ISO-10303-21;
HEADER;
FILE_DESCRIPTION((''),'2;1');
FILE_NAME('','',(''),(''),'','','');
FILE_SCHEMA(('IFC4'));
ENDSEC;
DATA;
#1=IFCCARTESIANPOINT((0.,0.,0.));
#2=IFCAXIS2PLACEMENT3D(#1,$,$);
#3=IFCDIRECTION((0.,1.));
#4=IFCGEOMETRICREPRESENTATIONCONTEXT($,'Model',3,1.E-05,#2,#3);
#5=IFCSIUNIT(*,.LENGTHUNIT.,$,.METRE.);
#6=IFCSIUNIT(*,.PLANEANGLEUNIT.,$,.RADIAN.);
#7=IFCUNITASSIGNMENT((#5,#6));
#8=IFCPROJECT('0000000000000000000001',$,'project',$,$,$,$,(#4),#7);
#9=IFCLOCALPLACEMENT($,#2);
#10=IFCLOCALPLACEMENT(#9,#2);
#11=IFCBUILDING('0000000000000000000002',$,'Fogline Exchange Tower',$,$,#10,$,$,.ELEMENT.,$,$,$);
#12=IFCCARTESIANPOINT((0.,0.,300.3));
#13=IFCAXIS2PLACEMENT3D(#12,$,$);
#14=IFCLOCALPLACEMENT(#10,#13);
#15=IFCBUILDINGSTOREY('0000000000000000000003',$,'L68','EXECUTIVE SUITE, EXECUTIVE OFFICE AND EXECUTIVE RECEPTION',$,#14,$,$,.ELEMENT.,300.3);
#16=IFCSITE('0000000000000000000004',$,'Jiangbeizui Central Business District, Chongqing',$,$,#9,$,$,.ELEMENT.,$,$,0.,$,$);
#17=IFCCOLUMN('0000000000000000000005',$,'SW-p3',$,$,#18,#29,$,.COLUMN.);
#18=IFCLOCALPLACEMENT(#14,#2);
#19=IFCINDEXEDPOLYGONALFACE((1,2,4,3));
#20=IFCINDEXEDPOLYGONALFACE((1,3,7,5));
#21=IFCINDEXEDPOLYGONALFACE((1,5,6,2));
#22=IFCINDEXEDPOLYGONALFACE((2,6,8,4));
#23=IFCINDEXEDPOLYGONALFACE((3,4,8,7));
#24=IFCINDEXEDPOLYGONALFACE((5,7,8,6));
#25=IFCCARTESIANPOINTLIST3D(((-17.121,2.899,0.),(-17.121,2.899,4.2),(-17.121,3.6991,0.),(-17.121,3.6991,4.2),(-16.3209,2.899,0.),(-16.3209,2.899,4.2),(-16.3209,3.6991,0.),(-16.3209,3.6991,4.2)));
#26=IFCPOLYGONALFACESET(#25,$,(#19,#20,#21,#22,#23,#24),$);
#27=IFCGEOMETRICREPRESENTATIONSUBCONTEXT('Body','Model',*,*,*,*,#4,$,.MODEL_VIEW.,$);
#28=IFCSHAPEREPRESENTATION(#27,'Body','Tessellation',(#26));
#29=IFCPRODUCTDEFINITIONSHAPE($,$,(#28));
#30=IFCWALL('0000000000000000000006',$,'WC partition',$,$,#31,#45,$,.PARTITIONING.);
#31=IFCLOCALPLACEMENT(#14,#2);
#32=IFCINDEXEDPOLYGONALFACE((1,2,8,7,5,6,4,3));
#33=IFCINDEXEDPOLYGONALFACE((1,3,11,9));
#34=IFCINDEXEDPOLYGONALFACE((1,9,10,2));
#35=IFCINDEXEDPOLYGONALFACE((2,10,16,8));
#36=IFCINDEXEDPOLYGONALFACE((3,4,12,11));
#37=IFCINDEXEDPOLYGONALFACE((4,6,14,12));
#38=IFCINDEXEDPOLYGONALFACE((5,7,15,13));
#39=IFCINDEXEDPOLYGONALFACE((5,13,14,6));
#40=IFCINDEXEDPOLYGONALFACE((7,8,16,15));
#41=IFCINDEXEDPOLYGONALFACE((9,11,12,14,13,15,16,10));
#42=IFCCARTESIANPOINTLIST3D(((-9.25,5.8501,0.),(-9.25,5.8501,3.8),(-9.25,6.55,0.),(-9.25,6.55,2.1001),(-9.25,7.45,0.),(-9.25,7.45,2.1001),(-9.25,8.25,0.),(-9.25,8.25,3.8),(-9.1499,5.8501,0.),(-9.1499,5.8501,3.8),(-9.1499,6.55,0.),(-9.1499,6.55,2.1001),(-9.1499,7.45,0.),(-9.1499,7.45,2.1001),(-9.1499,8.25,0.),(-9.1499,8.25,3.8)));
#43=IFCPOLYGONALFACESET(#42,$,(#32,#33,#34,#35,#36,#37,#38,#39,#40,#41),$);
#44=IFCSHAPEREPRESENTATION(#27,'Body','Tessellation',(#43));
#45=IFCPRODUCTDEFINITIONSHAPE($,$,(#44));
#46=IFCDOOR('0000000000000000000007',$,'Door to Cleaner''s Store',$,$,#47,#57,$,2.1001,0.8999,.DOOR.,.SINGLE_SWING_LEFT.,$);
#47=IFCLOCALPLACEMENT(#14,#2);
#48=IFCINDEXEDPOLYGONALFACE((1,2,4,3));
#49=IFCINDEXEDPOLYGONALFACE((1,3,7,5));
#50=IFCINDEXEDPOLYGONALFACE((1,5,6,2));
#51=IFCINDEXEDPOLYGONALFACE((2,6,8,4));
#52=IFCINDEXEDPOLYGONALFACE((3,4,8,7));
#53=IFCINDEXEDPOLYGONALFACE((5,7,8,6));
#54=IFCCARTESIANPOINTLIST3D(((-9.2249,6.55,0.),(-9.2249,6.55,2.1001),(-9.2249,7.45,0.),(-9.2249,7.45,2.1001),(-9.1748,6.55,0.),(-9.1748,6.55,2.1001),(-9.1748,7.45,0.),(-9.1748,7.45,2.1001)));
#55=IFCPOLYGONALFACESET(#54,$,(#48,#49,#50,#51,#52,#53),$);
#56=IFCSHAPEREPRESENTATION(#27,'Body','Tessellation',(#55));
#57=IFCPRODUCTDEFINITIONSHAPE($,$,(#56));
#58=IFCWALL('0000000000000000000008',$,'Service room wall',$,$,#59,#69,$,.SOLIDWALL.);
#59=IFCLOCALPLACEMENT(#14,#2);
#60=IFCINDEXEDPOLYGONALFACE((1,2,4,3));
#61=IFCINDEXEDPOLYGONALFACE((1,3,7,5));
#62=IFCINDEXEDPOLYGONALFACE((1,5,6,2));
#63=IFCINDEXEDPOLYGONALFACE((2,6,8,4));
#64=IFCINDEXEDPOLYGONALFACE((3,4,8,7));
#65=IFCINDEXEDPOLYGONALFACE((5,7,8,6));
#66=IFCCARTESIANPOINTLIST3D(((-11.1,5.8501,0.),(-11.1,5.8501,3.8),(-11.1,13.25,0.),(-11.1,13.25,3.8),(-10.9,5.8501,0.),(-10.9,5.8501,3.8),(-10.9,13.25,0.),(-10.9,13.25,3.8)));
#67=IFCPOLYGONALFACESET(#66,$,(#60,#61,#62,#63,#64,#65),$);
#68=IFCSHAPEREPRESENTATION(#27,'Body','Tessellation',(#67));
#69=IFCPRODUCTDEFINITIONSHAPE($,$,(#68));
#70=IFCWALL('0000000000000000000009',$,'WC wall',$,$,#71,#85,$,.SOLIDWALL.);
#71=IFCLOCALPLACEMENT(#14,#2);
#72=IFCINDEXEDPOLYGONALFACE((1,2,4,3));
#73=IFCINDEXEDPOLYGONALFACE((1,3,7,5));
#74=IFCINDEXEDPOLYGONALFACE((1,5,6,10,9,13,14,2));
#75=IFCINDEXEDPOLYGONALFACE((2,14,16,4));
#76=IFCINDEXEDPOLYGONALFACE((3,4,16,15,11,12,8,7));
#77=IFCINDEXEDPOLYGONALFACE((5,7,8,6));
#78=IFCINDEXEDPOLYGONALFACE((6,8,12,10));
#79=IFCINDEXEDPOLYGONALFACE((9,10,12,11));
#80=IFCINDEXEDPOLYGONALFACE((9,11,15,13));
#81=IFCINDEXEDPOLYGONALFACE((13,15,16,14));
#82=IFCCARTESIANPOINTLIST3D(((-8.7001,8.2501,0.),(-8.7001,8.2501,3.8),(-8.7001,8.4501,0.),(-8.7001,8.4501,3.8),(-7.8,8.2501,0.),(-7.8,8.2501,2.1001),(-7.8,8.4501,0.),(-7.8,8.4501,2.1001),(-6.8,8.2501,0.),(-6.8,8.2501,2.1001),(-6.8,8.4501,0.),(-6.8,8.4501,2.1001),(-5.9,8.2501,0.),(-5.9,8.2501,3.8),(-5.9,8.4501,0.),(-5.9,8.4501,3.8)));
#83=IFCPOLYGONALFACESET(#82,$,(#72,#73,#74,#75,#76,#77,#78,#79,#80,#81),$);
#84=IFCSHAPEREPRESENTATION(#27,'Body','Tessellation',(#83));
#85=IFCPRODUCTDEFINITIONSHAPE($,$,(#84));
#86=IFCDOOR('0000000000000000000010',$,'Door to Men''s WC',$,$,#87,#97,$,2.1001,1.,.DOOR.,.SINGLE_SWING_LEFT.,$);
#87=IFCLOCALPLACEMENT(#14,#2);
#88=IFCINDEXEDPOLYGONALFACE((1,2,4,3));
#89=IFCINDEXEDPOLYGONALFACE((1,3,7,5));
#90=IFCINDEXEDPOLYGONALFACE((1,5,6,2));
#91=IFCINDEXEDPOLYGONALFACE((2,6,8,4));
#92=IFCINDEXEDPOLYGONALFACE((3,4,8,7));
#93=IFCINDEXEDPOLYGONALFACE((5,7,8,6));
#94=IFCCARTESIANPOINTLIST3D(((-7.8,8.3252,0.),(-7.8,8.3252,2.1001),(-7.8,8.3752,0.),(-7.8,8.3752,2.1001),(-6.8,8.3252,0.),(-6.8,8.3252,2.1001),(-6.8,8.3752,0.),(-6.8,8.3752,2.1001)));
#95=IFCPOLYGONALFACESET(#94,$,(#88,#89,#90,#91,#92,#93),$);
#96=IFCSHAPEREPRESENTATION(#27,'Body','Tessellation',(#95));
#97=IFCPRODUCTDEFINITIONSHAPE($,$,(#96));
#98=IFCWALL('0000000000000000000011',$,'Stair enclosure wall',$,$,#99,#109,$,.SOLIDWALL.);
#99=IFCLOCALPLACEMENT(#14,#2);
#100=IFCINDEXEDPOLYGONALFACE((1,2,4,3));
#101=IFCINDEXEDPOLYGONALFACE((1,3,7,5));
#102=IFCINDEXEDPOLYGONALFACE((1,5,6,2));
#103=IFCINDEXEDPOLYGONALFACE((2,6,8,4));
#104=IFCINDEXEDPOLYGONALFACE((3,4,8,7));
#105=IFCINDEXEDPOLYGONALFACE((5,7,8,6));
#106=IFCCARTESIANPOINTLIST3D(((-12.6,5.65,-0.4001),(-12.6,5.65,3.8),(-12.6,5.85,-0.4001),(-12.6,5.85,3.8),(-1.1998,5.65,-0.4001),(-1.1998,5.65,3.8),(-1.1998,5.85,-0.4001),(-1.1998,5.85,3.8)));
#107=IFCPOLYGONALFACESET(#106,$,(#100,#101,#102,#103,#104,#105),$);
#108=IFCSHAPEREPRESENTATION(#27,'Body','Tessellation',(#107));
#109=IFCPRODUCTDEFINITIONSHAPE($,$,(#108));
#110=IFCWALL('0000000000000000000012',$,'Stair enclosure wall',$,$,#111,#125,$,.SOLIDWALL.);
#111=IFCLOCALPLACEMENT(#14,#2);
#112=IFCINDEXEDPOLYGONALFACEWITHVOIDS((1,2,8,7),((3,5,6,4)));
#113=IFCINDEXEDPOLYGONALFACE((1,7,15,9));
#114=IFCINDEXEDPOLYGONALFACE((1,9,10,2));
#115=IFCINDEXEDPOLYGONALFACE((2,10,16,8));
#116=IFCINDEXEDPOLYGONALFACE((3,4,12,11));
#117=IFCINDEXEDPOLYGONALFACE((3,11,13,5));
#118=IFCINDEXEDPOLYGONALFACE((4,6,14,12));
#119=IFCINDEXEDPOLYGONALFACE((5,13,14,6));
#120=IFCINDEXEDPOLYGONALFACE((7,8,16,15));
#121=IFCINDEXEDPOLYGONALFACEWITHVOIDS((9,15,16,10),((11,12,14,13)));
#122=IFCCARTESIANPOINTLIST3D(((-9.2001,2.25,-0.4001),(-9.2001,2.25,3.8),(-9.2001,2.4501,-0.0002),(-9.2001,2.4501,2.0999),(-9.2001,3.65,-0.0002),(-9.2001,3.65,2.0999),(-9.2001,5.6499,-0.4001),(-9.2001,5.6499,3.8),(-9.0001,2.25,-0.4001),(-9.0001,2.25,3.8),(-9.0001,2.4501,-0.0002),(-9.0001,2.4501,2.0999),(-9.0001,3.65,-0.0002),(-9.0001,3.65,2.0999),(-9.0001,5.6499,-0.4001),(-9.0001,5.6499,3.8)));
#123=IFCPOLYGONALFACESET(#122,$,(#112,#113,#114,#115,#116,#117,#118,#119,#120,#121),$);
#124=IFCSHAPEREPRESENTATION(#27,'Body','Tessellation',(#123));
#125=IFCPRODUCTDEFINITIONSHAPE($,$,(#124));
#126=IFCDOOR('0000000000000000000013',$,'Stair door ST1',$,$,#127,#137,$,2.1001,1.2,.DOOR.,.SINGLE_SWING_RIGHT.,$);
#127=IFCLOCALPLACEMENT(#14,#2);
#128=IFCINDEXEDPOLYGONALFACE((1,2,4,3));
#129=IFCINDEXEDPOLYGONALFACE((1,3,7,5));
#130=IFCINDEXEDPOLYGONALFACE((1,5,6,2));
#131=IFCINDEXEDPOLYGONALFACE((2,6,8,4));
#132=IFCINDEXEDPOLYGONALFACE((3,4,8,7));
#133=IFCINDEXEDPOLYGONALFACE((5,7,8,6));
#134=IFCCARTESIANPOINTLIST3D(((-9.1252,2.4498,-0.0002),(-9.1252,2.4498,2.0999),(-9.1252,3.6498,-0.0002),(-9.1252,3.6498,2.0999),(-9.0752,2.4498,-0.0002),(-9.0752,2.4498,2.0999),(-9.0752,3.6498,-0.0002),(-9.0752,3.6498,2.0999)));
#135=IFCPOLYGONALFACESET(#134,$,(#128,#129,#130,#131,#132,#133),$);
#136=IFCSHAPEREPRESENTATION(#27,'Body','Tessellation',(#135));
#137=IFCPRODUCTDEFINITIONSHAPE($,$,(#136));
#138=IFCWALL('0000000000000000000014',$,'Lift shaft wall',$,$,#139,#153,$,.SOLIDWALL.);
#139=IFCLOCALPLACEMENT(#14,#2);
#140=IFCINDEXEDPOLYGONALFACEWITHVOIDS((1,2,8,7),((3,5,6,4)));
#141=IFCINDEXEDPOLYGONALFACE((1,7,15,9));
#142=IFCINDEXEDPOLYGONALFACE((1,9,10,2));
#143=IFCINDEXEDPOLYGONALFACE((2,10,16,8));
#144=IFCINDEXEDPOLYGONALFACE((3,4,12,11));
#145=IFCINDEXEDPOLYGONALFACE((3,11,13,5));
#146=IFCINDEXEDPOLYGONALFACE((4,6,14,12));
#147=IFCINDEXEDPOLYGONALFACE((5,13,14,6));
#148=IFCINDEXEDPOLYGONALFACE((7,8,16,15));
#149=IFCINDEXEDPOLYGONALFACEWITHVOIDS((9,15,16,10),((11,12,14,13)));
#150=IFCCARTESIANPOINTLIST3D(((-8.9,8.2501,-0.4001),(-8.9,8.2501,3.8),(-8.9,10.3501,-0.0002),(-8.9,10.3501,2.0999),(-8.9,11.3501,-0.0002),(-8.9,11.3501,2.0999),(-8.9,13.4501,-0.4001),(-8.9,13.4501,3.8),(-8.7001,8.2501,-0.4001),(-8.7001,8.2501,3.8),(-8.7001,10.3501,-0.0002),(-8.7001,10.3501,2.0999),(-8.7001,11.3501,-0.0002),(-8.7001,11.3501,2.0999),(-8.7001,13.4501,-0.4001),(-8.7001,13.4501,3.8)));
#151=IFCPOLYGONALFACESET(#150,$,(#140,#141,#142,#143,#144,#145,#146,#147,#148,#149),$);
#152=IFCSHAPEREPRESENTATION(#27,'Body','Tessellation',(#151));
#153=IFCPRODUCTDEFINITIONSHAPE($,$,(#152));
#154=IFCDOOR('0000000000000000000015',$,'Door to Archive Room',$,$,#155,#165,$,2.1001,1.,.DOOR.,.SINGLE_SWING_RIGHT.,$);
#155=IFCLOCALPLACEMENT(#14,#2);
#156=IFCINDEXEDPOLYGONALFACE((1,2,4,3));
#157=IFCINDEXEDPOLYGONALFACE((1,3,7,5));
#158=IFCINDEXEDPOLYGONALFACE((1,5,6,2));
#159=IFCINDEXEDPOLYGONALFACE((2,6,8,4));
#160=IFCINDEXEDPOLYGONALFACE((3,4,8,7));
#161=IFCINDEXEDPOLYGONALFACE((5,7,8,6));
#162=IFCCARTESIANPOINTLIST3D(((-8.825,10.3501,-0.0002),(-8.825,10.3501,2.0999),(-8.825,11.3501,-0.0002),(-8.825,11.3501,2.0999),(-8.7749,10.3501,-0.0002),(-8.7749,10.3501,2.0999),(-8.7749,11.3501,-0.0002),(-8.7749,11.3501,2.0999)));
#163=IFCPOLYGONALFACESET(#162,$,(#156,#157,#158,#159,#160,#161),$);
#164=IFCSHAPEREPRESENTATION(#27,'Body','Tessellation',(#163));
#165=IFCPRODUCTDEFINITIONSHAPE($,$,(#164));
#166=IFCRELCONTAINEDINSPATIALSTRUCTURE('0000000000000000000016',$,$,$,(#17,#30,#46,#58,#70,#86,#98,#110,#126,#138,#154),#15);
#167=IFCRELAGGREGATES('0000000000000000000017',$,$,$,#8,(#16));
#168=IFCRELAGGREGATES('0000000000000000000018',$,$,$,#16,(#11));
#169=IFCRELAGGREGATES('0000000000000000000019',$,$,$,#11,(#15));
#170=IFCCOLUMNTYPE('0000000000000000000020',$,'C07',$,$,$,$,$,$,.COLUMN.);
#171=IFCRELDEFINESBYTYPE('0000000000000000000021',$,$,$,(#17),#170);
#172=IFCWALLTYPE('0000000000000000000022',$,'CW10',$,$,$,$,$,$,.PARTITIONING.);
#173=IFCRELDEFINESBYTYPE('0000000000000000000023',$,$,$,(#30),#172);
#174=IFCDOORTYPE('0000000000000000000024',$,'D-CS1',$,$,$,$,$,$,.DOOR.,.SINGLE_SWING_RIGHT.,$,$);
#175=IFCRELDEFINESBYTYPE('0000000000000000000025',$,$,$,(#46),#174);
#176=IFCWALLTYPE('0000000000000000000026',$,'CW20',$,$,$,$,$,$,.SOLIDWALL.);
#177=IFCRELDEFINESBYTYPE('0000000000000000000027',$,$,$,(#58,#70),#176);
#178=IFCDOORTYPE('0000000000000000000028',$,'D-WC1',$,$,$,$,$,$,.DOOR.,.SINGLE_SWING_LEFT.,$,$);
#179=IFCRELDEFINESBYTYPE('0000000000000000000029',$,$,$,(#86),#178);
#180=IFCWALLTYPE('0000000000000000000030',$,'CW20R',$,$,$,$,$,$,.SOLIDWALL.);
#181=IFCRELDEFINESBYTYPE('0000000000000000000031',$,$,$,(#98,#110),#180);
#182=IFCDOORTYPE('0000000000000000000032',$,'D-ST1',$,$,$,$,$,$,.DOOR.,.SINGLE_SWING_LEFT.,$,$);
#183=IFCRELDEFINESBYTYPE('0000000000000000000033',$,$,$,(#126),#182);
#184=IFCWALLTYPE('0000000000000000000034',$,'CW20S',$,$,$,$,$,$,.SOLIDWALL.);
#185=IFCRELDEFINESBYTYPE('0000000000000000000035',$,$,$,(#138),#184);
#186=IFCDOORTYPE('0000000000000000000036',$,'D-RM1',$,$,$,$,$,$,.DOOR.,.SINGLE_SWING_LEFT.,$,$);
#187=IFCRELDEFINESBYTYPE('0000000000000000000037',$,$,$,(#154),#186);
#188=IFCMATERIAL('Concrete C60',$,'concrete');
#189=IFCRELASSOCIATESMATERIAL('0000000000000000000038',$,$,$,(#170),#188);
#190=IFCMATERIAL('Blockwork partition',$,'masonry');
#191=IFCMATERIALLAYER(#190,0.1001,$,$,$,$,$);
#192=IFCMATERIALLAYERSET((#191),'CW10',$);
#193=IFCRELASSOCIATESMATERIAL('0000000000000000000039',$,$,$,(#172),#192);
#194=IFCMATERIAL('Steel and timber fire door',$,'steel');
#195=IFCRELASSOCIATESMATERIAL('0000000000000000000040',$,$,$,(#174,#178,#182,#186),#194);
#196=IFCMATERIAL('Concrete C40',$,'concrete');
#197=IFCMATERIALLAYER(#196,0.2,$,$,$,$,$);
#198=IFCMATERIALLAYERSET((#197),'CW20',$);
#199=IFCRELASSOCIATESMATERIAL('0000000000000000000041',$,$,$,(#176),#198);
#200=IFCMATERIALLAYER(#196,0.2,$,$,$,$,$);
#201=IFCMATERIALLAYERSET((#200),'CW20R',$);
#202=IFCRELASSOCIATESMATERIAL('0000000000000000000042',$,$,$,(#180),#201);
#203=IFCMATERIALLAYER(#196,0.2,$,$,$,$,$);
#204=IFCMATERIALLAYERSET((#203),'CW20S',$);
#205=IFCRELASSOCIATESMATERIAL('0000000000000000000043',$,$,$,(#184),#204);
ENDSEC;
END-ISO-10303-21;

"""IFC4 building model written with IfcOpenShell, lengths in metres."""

from ifc_helpers import new_model, si_unit, direction, frame, frame_2d, origin, origin_2d, place, context, subcontext, project, spatial, rectangle, extrude, material, layer, layer_set, material_profile, profile_set, type_object, element, fill, save


model = new_model("IFC4")

# Units and contexts
model_context = context("Model", 3, precision=1e-05, world=origin(), true_north=direction((0.0, 1.0)))
body_context = subcontext(model_context, "Body", "Model", "MODEL_VIEW")
ifc_project = project(units=[si_unit("LENGTHUNIT", "METRE"), si_unit("PLANEANGLEUNIT", "RADIAN")], contexts=[model_context])

# Site, building, storey
site_placement = place(None, origin())
site = spatial("IfcSite", under=ifc_project, at=site_placement, Name="Jiangbeizui Central Business District, Chongqing", CompositionType="ELEMENT", RefElevation=0.0)
building_placement = place(site_placement, origin())
building = spatial("IfcBuilding", under=site, at=building_placement, Name="Fogline Exchange Tower", CompositionType="ELEMENT")
storey_placement = place(building_placement, frame((0.0, 0.0, 300.3)))
storey = spatial("IfcBuildingStorey", under=building, at=storey_placement, Name="L68", Description="EXECUTIVE SUITE, EXECUTIVE OFFICE AND EXECUTIVE RECEPTION", CompositionType="ELEMENT", Elevation=300.3)

# Column
ifc_material_1 = material(Name="Concrete C60", Category="concrete")
ifc_material_profile = material_profile(ifc_material_1, rectangle(XDim=0.8, YDim=0.8, at=origin_2d()), Name="RC 800x800")
ifc_profile_set = profile_set([ifc_material_profile], Name="Concrete C60")
column_type = type_object("IfcColumnType", Name="C07", PredefinedType="COLUMN", material=ifc_profile_set)
column_placement = place(storey_placement, frame((-16.7209, 3.2991, 0.0), z_axis=(0.0, 0.0, 1.0), x_axis=(1.0, 0.0, 0.0)))
element("IfcColumn", 1, at=column_placement, inside=storey, type_object=column_type, Name="SW-p3", PredefinedType="COLUMN", context=body_context, shape_type="SweptSolid", body=[
    extrude(rectangle(XDim=0.8, YDim=0.8, at=origin_2d()), origin(), (0.0, 0.0, 1.0), 4.2),
])

# Wall, opening, door
ifc_material_2 = material(Name="Blockwork partition", Category="masonry")
ifc_layer_1 = layer(ifc_material_2, 0.1001)
ifc_layer_set_1 = layer_set([ifc_layer_1], Name="CW10")
wall_type_1 = type_object("IfcWallType", Name="CW10", PredefinedType="PARTITIONING", material=ifc_layer_set_1)
wall_1_placement = place(storey_placement, frame((-9.2, 5.8501, 0.0), z_axis=(0.0, 0.0, 1.0), x_axis=(0.0, 1.0, 0.0)))
wall_1 = element("IfcWall", 2, at=wall_1_placement, inside=storey, type_object=wall_type_1, Name="WC partition", PredefinedType="PARTITIONING", context=body_context, shape_type="SweptSolid", body=[
    extrude(rectangle(XDim=2.3999, YDim=0.1001, at=frame_2d((1.2, 0.0))), origin(), (0.0, 0.0, 1.0), 3.8),
])
opening_1_placement = place(wall_1_placement, frame((0.7, 0.0, 0.0)))
opening_1 = element("IfcOpeningElement", 3, at=opening_1_placement, cuts=wall_1, PredefinedType="OPENING", context=body_context, shape_type="SweptSolid", body=[
    extrude(rectangle(XDim=0.8999, YDim=2.1001, at=frame_2d((0.45, 1.05))), frame((0.0, 0.0601, 0.0), z_axis=(0.0, -1.0, 0.0), x_axis=(1.0, 0.0, 0.0)), (0.0, 0.0, 1.0), 0.1201),
])
ifc_material_3 = material(Name="Steel and timber fire door", Category="steel")
door_type_1 = type_object("IfcDoorType", Name="D-CS1", OperationType="SINGLE_SWING_RIGHT", PredefinedType="DOOR", material=ifc_material_3)
door_1_placement = place(opening_1_placement, origin())
door_1 = element("IfcDoor", 4, at=door_1_placement, inside=storey, type_object=door_type_1, Name="Door to Cleaner's Store", OperationType="SINGLE_SWING_LEFT", OverallHeight=2.1001, OverallWidth=0.8999, PredefinedType="DOOR", context=body_context, shape_type="SweptSolid", body=[
    extrude(rectangle(XDim=0.8999, YDim=2.1001, at=frame_2d((0.45, 1.05))), frame((0.0, 0.0249, 0.0), z_axis=(0.0, -1.0, 0.0), x_axis=(1.0, 0.0, 0.0)), (0.0, 0.0, 1.0), 0.05),
])
fill(opening_1, door_1)

# Wall
ifc_material_4 = material(Name="Concrete C40", Category="concrete")
ifc_layer_2 = layer(ifc_material_4, 0.2)
ifc_layer_set_2 = layer_set([ifc_layer_2], Name="CW20")
wall_type_2 = type_object("IfcWallType", Name="CW20", PredefinedType="SOLIDWALL", material=ifc_layer_set_2)
wall_2_placement = place(storey_placement, frame((-11.0, 5.8501, 0.0), z_axis=(0.0, 0.0, 1.0), x_axis=(0.0, 1.0, 0.0)))
element("IfcWall", 5, at=wall_2_placement, inside=storey, type_object=wall_type_2, Name="Service room wall", PredefinedType="SOLIDWALL", context=body_context, shape_type="SweptSolid", body=[
    extrude(rectangle(XDim=7.3999, YDim=0.2, at=frame_2d((3.7, 0.0))), origin(), (0.0, 0.0, 1.0), 3.8),
])

# Wall, opening, door
wall_3_placement = place(storey_placement, frame((-8.7, 8.3501, 0.0), z_axis=(0.0, 0.0, 1.0), x_axis=(1.0, 0.0, 0.0)))
wall_3 = element("IfcWall", 6, at=wall_3_placement, inside=storey, type_object=wall_type_2, Name="WC wall", PredefinedType="SOLIDWALL", context=body_context, shape_type="SweptSolid", body=[
    extrude(rectangle(XDim=2.8, YDim=0.2, at=frame_2d((1.3999, 0.0))), origin(), (0.0, 0.0, 1.0), 3.8),
])
opening_2_placement = place(wall_3_placement, frame((0.8999, 0.0, 0.0)))
opening_2 = element("IfcOpeningElement", 7, at=opening_2_placement, cuts=wall_3, PredefinedType="OPENING", context=body_context, shape_type="SweptSolid", body=[
    extrude(rectangle(XDim=1.0, YDim=2.1001, at=frame_2d((0.5, 1.05))), frame((0.0, 0.1099, 0.0), z_axis=(0.0, -1.0, 0.0), x_axis=(1.0, 0.0, 0.0)), (0.0, 0.0, 1.0), 0.22),
])
door_type_2 = type_object("IfcDoorType", Name="D-WC1", OperationType="SINGLE_SWING_LEFT", PredefinedType="DOOR", material=ifc_material_3)
door_2_placement = place(opening_2_placement, frame((1.0, 0.0, 0.0), z_axis=(0.0, 0.0, 1.0), x_axis=(-1.0, 0.0, 0.0)))
door_2 = element("IfcDoor", 8, at=door_2_placement, inside=storey, type_object=door_type_2, Name="Door to Men's WC", OperationType="SINGLE_SWING_LEFT", OverallHeight=2.1001, OverallWidth=1.0, PredefinedType="DOOR", context=body_context, shape_type="SweptSolid", body=[
    extrude(rectangle(XDim=1.0, YDim=2.1001, at=frame_2d((0.5, 1.05))), frame((0.0, 0.0249, 0.0), z_axis=(0.0, -1.0, 0.0), x_axis=(1.0, 0.0, 0.0)), (0.0, 0.0, 1.0), 0.05),
])
fill(opening_2, door_2)

# Wall
ifc_layer_3 = layer(ifc_material_4, 0.2)
ifc_layer_set_3 = layer_set([ifc_layer_3], Name="CW20R")
wall_type_3 = type_object("IfcWallType", Name="CW20R", PredefinedType="SOLIDWALL", material=ifc_layer_set_3)
wall_4_placement = place(storey_placement, frame((-12.6001, 5.75, -0.4001), z_axis=(0.0, 0.0, 1.0), x_axis=(1.0, 0.0, 0.0)))
element("IfcWall", 9, at=wall_4_placement, inside=storey, type_object=wall_type_3, Name="Stair enclosure wall", PredefinedType="SOLIDWALL", context=body_context, shape_type="SweptSolid", body=[
    extrude(rectangle(XDim=11.4001, YDim=0.2, at=frame_2d((5.7002, 0.0))), origin(), (0.0, 0.0, 1.0), 4.2002),
])

# Walls, openings, doors
wall_5_placement = place(storey_placement, frame((-9.1001, 2.25, -0.4001), z_axis=(0.0, 0.0, 1.0), x_axis=(0.0, 1.0, 0.0)))
wall_5 = element("IfcWall", 10, at=wall_5_placement, inside=storey, type_object=wall_type_3, Name="Stair enclosure wall", PredefinedType="SOLIDWALL", context=body_context, shape_type="SweptSolid", body=[
    extrude(rectangle(XDim=3.3999, YDim=0.2, at=frame_2d((1.7, 0.0))), origin(), (0.0, 0.0, 1.0), 4.2002),
])
opening_3_placement = place(wall_5_placement, frame((0.2, 0.0, 0.3999)))
opening_3 = element("IfcOpeningElement", 11, at=opening_3_placement, cuts=wall_5, PredefinedType="OPENING", context=body_context, shape_type="SweptSolid", body=[
    extrude(rectangle(XDim=1.2, YDim=2.1001, at=frame_2d((0.6001, 1.05))), frame((0.0, 0.1099, 0.0), z_axis=(0.0, -1.0, 0.0), x_axis=(1.0, 0.0, 0.0)), (0.0, 0.0, 1.0), 0.22),
])
door_type_3 = type_object("IfcDoorType", Name="D-ST1", OperationType="SINGLE_SWING_LEFT", PredefinedType="DOOR", material=ifc_material_3)
door_3_placement = place(opening_3_placement, frame((1.2, 0.0, 0.0), z_axis=(0.0, 0.0, 1.0), x_axis=(-1.0, 0.0, 0.0)))
door_3 = element("IfcDoor", 12, at=door_3_placement, inside=storey, type_object=door_type_3, Name="Stair door ST1", OperationType="SINGLE_SWING_RIGHT", OverallHeight=2.1001, OverallWidth=1.2, PredefinedType="DOOR", context=body_context, shape_type="SweptSolid", body=[
    extrude(rectangle(XDim=1.2, YDim=2.1001, at=frame_2d((0.6001, 1.05))), frame((0.0, 0.0249, 0.0), z_axis=(0.0, -1.0, 0.0), x_axis=(1.0, 0.0, 0.0)), (0.0, 0.0, 1.0), 0.05),
])
fill(opening_3, door_3)
ifc_layer_4 = layer(ifc_material_4, 0.2)
ifc_layer_set_4 = layer_set([ifc_layer_4], Name="CW20S")
wall_type_4 = type_object("IfcWallType", Name="CW20S", PredefinedType="SOLIDWALL", material=ifc_layer_set_4)
wall_6_placement = place(storey_placement, frame((-8.8, 8.25, -0.4001), z_axis=(0.0, 0.0, 1.0), x_axis=(0.0, 1.0, 0.0)))
wall_6 = element("IfcWall", 13, at=wall_6_placement, inside=storey, type_object=wall_type_4, Name="Lift shaft wall", PredefinedType="SOLIDWALL", context=body_context, shape_type="SweptSolid", body=[
    extrude(rectangle(XDim=5.2, YDim=0.2, at=frame_2d((2.6001, 0.0))), origin(), (0.0, 0.0, 1.0), 4.2002),
])
opening_4_placement = place(wall_6_placement, frame((2.1001, 0.0, 0.3999)))
opening_4 = element("IfcOpeningElement", 14, at=opening_4_placement, cuts=wall_6, PredefinedType="OPENING", context=body_context, shape_type="SweptSolid", body=[
    extrude(rectangle(XDim=1.0, YDim=2.1001, at=frame_2d((0.5, 1.05))), frame((0.0, 0.1099, 0.0), z_axis=(0.0, -1.0, 0.0), x_axis=(1.0, 0.0, 0.0)), (0.0, 0.0, 1.0), 0.22),
])
door_type_4 = type_object("IfcDoorType", Name="D-RM1", OperationType="SINGLE_SWING_LEFT", PredefinedType="DOOR", material=ifc_material_3)
door_4_placement = place(opening_4_placement, origin())
door_4 = element("IfcDoor", 15, at=door_4_placement, inside=storey, type_object=door_type_4, Name="Door to Archive Room", OperationType="SINGLE_SWING_RIGHT", OverallHeight=2.1001, OverallWidth=1.0, PredefinedType="DOOR", context=body_context, shape_type="SweptSolid", body=[
    extrude(rectangle(XDim=1.0, YDim=2.1001, at=frame_2d((0.5, 1.05))), frame((0.0, 0.0249, 0.0), z_axis=(0.0, -1.0, 0.0), x_axis=(1.0, 0.0, 0.0)), (0.0, 0.0, 1.0), 0.05),
])
fill(opening_4, door_4)

save(model, "model.ifc")
